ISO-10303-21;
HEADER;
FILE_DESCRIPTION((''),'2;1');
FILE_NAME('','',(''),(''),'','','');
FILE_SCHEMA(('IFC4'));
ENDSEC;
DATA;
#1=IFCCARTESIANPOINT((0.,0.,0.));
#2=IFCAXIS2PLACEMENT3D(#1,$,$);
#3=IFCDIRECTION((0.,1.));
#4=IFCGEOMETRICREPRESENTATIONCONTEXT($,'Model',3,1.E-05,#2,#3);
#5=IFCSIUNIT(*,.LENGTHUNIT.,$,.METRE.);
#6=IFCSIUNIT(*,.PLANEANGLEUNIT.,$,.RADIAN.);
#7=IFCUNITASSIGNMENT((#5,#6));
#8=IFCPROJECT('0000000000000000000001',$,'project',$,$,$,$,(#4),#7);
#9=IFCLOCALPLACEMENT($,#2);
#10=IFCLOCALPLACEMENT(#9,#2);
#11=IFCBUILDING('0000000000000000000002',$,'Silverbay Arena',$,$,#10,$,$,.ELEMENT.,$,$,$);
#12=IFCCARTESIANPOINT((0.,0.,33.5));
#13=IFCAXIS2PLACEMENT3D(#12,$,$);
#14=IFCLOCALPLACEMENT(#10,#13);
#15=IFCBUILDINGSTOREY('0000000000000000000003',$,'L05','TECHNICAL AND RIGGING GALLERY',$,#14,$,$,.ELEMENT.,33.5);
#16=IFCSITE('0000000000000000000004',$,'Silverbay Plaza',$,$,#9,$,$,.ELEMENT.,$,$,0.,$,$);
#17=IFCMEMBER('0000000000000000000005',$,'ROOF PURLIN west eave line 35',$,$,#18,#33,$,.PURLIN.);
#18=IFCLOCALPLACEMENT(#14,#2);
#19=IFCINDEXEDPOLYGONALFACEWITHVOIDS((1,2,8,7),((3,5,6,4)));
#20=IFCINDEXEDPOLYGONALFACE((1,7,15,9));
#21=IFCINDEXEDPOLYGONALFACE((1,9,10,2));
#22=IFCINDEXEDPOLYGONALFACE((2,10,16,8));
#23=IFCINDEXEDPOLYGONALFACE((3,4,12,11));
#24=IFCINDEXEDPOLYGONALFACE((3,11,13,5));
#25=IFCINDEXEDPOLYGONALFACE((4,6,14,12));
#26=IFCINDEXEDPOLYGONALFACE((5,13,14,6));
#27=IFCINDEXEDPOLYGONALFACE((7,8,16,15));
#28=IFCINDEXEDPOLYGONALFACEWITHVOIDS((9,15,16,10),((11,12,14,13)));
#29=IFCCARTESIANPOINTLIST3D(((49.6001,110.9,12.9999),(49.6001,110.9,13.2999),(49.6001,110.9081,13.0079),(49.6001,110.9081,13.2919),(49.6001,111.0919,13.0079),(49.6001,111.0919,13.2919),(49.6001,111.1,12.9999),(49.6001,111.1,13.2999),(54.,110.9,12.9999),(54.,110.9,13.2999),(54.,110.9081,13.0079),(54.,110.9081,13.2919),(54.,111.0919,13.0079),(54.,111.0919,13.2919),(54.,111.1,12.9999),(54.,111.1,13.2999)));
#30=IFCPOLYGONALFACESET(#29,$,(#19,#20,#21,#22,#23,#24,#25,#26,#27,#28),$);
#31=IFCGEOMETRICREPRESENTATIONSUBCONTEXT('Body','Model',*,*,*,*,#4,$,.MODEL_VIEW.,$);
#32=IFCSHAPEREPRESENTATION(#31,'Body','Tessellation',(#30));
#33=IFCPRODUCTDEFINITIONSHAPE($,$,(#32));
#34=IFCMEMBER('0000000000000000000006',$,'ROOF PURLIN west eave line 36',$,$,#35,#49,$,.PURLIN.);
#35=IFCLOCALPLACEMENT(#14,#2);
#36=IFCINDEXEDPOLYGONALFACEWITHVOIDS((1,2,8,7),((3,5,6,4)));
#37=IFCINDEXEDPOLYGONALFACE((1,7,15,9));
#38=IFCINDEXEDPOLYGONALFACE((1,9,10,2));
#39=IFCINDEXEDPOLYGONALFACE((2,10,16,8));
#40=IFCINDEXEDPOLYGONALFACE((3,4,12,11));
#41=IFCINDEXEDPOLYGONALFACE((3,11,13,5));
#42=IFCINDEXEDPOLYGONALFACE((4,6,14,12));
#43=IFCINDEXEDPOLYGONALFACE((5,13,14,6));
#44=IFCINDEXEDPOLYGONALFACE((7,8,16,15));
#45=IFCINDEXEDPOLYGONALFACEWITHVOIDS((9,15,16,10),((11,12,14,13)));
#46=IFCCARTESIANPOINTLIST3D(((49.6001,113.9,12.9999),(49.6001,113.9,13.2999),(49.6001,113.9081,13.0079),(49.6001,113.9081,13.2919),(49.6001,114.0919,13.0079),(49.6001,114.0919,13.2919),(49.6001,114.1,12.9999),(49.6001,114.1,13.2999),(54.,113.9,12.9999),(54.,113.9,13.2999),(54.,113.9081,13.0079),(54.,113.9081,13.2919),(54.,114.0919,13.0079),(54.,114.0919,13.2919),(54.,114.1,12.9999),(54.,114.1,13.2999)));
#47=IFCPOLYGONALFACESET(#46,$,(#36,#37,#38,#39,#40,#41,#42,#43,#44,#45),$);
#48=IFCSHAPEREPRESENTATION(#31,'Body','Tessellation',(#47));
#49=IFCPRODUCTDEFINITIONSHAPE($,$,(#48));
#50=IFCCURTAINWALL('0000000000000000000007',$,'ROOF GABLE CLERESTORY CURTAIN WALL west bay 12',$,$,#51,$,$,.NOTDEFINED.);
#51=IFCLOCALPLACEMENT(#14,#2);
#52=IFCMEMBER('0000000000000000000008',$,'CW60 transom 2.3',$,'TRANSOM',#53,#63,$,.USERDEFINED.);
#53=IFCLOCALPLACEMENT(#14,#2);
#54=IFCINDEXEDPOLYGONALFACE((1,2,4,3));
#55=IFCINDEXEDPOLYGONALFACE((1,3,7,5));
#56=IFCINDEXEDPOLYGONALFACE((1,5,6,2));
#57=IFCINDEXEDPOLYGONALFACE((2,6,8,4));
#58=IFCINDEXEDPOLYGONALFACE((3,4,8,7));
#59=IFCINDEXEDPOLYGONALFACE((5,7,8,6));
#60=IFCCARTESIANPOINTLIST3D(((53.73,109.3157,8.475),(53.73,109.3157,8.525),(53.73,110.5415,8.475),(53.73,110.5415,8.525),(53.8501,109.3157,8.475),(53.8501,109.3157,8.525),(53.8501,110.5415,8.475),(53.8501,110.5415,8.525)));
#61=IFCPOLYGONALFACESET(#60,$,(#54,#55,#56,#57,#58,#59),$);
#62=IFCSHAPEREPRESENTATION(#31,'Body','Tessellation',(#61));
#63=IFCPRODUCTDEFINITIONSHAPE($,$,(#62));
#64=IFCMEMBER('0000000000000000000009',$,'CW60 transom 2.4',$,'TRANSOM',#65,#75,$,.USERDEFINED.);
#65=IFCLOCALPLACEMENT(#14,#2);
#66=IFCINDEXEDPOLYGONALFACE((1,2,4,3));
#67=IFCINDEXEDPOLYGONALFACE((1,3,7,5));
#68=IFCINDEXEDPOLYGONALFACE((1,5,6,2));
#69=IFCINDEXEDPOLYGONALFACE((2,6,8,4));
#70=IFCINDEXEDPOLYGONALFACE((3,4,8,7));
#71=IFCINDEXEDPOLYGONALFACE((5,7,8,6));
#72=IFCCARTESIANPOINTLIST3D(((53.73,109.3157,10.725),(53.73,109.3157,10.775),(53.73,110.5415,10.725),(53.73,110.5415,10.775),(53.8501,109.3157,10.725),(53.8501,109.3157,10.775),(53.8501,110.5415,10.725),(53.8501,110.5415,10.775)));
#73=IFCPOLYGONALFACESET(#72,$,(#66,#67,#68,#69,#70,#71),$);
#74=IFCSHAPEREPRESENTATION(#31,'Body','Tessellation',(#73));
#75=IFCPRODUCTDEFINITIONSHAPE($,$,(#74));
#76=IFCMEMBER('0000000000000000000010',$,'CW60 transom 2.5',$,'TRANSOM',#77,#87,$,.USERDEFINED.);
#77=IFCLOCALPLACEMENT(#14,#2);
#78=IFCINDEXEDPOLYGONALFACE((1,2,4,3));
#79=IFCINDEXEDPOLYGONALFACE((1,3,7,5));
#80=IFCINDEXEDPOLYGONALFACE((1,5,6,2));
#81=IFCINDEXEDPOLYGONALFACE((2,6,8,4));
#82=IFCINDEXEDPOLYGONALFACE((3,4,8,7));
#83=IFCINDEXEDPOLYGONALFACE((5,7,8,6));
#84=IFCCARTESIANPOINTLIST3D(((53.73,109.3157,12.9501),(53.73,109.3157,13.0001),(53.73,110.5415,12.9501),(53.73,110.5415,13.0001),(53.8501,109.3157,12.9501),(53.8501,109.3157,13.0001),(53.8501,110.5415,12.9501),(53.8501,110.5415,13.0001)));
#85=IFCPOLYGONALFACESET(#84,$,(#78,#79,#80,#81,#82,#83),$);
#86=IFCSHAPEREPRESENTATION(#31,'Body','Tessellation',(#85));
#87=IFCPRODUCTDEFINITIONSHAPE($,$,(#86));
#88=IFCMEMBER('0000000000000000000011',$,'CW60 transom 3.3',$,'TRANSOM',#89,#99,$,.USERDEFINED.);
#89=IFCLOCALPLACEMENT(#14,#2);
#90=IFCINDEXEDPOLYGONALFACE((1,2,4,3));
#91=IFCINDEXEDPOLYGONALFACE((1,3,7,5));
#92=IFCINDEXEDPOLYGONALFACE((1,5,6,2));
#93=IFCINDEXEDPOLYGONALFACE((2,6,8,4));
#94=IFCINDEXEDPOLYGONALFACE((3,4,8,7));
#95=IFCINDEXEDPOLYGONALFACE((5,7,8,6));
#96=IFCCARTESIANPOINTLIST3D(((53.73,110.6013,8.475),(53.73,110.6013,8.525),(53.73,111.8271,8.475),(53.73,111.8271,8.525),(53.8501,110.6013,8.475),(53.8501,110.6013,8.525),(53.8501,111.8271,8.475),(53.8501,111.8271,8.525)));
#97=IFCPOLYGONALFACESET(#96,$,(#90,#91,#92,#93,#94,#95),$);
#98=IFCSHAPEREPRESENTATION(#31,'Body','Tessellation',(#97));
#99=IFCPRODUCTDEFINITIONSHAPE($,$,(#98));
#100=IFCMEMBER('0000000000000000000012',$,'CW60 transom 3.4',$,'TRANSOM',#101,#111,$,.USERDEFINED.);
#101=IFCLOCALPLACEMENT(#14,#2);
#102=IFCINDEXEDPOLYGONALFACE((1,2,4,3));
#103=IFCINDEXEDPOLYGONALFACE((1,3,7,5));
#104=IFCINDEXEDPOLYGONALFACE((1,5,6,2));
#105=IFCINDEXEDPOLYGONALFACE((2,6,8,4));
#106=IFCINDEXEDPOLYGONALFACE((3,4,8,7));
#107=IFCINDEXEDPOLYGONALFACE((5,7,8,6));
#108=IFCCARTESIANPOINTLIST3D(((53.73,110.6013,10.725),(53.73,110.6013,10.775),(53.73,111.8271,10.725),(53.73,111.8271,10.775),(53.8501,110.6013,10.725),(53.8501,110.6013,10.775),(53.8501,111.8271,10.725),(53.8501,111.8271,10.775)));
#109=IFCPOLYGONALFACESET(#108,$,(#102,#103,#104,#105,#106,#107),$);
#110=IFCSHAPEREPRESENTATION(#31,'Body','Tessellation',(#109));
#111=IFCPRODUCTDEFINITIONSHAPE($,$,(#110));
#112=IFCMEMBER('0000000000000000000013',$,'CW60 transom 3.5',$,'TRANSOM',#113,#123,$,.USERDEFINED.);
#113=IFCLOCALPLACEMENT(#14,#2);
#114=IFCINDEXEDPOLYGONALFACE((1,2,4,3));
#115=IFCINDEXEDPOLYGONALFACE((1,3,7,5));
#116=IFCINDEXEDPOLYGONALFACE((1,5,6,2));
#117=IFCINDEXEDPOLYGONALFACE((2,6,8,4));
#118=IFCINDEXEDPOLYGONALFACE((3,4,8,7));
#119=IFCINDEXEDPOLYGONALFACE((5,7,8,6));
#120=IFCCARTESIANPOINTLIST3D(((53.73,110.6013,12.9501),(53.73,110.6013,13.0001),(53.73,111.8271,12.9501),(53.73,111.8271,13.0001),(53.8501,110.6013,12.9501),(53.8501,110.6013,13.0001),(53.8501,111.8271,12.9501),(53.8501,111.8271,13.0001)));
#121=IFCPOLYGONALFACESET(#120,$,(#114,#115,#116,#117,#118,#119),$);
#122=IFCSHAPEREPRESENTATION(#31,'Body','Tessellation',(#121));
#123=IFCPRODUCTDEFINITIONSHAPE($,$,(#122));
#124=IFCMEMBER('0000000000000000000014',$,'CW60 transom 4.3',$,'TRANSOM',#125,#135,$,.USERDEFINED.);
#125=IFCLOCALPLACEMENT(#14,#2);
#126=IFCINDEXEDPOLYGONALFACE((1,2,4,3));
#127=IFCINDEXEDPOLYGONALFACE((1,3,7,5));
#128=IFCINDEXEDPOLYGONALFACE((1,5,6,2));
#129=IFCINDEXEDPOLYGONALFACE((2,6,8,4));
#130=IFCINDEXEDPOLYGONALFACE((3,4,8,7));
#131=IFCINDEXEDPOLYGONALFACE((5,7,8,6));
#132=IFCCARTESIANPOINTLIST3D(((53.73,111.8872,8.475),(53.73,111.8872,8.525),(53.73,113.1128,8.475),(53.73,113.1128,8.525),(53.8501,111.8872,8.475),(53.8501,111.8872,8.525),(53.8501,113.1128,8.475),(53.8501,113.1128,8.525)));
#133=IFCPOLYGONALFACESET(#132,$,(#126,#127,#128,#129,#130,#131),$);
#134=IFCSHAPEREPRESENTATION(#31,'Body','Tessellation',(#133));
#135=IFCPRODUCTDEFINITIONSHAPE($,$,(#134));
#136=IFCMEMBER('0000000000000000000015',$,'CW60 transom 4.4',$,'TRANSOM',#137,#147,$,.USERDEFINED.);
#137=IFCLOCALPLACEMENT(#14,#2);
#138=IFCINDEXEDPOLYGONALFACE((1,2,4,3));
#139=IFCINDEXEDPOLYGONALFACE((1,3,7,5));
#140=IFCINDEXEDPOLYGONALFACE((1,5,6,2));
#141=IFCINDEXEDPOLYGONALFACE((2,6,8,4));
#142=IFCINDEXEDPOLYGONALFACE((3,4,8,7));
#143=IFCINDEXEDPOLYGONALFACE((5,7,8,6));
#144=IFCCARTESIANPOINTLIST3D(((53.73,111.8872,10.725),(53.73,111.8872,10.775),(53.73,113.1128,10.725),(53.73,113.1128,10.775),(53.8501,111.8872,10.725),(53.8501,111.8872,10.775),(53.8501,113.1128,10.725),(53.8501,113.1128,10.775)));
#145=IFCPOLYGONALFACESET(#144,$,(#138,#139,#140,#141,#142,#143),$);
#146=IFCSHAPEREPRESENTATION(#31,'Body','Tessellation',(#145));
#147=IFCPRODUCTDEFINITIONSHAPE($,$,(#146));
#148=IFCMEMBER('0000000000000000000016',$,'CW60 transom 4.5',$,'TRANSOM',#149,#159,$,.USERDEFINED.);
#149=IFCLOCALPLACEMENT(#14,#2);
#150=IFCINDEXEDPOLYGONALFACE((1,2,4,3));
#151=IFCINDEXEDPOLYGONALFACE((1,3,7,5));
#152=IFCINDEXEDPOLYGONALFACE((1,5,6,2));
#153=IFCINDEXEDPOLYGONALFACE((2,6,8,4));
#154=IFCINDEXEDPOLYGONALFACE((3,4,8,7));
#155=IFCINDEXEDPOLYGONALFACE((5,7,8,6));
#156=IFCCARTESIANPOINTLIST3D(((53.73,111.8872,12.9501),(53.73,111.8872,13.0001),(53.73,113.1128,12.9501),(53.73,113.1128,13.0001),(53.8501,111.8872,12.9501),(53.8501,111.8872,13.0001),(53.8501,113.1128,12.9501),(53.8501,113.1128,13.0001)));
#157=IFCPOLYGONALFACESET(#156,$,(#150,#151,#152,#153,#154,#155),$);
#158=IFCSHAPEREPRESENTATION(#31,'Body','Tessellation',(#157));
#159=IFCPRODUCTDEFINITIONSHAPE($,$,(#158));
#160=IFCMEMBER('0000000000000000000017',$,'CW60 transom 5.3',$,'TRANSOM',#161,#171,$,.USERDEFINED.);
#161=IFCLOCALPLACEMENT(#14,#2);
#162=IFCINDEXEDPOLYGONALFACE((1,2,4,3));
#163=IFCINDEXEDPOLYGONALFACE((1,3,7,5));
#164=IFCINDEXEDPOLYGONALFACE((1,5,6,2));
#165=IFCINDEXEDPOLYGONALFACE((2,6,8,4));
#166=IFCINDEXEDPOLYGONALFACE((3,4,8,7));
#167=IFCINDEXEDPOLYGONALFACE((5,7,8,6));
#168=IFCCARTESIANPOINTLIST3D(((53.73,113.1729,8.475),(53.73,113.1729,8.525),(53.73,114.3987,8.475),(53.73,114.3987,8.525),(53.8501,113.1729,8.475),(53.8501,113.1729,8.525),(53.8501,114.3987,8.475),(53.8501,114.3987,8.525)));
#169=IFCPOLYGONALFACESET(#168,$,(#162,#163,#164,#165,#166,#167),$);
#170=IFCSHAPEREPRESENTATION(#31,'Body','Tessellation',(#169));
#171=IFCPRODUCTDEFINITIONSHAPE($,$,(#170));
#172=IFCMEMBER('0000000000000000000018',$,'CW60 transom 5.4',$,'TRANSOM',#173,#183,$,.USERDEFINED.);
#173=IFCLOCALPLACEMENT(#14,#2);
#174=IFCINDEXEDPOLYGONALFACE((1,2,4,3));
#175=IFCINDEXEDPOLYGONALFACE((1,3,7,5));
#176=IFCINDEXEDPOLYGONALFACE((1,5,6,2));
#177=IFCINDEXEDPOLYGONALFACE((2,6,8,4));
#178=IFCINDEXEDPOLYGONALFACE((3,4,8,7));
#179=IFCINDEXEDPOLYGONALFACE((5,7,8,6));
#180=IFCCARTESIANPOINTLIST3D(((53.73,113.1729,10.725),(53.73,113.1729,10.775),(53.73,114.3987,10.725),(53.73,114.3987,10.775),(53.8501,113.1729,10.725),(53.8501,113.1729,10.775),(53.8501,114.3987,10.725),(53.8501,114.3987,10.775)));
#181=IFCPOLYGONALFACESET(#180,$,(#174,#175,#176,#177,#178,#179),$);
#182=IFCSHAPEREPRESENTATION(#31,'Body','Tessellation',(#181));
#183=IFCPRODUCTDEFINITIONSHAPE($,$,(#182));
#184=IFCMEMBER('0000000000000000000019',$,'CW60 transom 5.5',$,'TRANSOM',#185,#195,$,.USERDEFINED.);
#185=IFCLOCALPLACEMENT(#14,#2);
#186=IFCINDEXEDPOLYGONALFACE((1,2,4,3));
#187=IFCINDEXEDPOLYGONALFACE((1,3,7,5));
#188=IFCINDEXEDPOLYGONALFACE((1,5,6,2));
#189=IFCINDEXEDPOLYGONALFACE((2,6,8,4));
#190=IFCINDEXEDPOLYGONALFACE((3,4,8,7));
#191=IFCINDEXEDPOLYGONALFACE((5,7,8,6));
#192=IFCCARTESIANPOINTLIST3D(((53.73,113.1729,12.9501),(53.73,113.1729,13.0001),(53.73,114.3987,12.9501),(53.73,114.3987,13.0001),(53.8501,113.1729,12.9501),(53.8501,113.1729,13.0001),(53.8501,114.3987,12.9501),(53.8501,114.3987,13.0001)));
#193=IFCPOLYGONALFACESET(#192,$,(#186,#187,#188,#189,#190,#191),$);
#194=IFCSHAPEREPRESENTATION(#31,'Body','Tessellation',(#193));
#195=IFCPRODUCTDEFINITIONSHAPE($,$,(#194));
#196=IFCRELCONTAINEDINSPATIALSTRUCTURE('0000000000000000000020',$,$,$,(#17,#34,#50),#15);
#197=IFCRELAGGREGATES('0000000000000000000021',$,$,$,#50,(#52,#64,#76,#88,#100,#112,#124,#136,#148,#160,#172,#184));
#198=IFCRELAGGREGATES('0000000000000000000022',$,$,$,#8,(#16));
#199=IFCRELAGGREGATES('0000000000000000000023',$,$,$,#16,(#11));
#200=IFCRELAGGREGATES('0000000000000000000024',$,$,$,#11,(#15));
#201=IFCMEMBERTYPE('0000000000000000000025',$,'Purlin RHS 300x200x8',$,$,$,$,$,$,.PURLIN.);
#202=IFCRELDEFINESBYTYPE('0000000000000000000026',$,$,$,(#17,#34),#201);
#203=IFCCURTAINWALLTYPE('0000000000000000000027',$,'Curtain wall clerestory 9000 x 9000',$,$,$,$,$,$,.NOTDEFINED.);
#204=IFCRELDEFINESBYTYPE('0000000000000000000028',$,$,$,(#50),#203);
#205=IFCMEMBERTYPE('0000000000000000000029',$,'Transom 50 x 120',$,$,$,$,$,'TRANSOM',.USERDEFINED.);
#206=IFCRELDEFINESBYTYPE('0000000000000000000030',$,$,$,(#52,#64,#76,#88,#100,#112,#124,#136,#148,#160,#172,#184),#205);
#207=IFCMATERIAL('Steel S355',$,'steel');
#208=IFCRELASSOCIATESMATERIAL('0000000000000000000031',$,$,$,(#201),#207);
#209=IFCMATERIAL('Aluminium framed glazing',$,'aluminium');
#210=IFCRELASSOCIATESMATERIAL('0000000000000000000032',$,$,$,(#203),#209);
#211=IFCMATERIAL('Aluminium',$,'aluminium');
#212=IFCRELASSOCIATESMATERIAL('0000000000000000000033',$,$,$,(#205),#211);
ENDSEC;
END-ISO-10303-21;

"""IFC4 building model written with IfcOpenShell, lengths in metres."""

from ifc_helpers import new_model, si_unit, direction, frame, origin, origin_2d, place, context, subcontext, project, spatial, rectangle, hollow_rectangle, extrude, material, material_profile, profile_set, type_object, element, aggregate, save


model = new_model("IFC4")

# Units and contexts
model_context = context("Model", 3, precision=1e-05, world=origin(), true_north=direction((0.0, 1.0)))
body_context = subcontext(model_context, "Body", "Model", "MODEL_VIEW")
ifc_project = project(units=[si_unit("LENGTHUNIT", "METRE"), si_unit("PLANEANGLEUNIT", "RADIAN")], contexts=[model_context])

# Site, building, storey
site_placement = place(None, origin())
site = spatial("IfcSite", under=ifc_project, at=site_placement, Name="Silverbay Plaza", CompositionType="ELEMENT", RefElevation=0.0)
building_placement = place(site_placement, origin())
building = spatial("IfcBuilding", under=site, at=building_placement, Name="Silverbay Arena", CompositionType="ELEMENT")
storey_placement = place(building_placement, frame((0.0, 0.0, 33.5)))
storey = spatial("IfcBuildingStorey", under=building, at=storey_placement, Name="L05", Description="TECHNICAL AND RIGGING GALLERY", CompositionType="ELEMENT", Elevation=33.5)

# Members
ifc_material_1 = material(Name="Steel S355", Category="steel")
ifc_material_profile_1 = material_profile(ifc_material_1, hollow_rectangle(XDim=0.2, YDim=0.3, WallThickness=0.0081, at=origin_2d()), Name="RHS 300x200x8")
ifc_profile_set_1 = profile_set([ifc_material_profile_1], Name="Steel S355")
member_type_1 = type_object("IfcMemberType", Name="Purlin RHS 300x200x8", PredefinedType="PURLIN", material=ifc_profile_set_1)
for number, where, z_axis, x_axis, name in (
    (1, (49.6001, 111.0, 13.1499), (1.0, 0.0, 0.0), (0.0, 1.0, 0.0), "ROOF PURLIN west eave line 35"),
    (2, (49.6001, 114.0, 13.1499), (1.0, 0.0, 0.0), (0.0, 1.0, 0.0), "ROOF PURLIN west eave line 36"),
):
    element("IfcMember", number, at=place(storey_placement, frame(where, z_axis=z_axis, x_axis=x_axis)), inside=storey, type_object=member_type_1, Name=name, PredefinedType="PURLIN", context=body_context, shape_type="SweptSolid", body=[
        extrude(hollow_rectangle(XDim=0.2, YDim=0.3, WallThickness=0.0081, at=origin_2d()), origin(), (0.0, 0.0, 1.0), 4.3999),
    ])

# Curtain wall, members
ifc_material_2 = material(Name="Aluminium framed glazing", Category="aluminium")
curtain_wall_type = type_object("IfcCurtainWallType", Name="Curtain wall clerestory 9000 x 9000", PredefinedType="NOTDEFINED", material=ifc_material_2)
curtain_wall_placement = place(storey_placement, origin())
curtain_wall = element("IfcCurtainWall", 3, at=curtain_wall_placement, inside=storey, type_object=curtain_wall_type, Name="ROOF GABLE CLERESTORY CURTAIN WALL west bay 12", PredefinedType="NOTDEFINED")
ifc_material_3 = material(Name="Aluminium", Category="aluminium")
ifc_material_profile_2 = material_profile(ifc_material_3, rectangle(XDim=0.1201, YDim=0.05, at=origin_2d()), Name="Transom 50 x 120")
ifc_profile_set_2 = profile_set([ifc_material_profile_2], Name="Aluminium")
member_type_2 = type_object("IfcMemberType", Name="Transom 50 x 120", ElementType="TRANSOM", PredefinedType="USERDEFINED", material=ifc_profile_set_2)
member_1_placement = place(storey_placement, frame((53.79, 109.3157, 8.5), z_axis=(0.0, 1.0, 0.0), x_axis=(-1.0, 0.0, 0.0)))
member_1 = element("IfcMember", 4, at=member_1_placement, type_object=member_type_2, Name="CW60 transom 2.3", ObjectType="TRANSOM", PredefinedType="USERDEFINED", context=body_context, shape_type="SweptSolid", body=[
    extrude(rectangle(XDim=0.1201, YDim=0.05, at=origin_2d()), origin(), (0.0, 0.0, 1.0), 1.2258),
])
member_2_placement = place(storey_placement, frame((53.79, 109.3157, 10.75), z_axis=(0.0, 1.0, 0.0), x_axis=(-1.0, 0.0, 0.0)))
member_2 = element("IfcMember", 5, at=member_2_placement, type_object=member_type_2, Name="CW60 transom 2.4", ObjectType="TRANSOM", PredefinedType="USERDEFINED", context=body_context, shape_type="SweptSolid", body=[
    extrude(rectangle(XDim=0.1201, YDim=0.05, at=origin_2d()), origin(), (0.0, 0.0, 1.0), 1.2258),
])
member_3_placement = place(storey_placement, frame((53.79, 109.3157, 12.9751), z_axis=(0.0, 1.0, 0.0), x_axis=(-1.0, 0.0, 0.0)))
member_3 = element("IfcMember", 6, at=member_3_placement, type_object=member_type_2, Name="CW60 transom 2.5", ObjectType="TRANSOM", PredefinedType="USERDEFINED", context=body_context, shape_type="SweptSolid", body=[
    extrude(rectangle(XDim=0.1201, YDim=0.05, at=origin_2d()), origin(), (0.0, 0.0, 1.0), 1.2258),
])
member_4_placement = place(storey_placement, frame((53.79, 110.6013, 8.5), z_axis=(0.0, 1.0, 0.0), x_axis=(-1.0, 0.0, 0.0)))
member_4 = element("IfcMember", 7, at=member_4_placement, type_object=member_type_2, Name="CW60 transom 3.3", ObjectType="TRANSOM", PredefinedType="USERDEFINED", context=body_context, shape_type="SweptSolid", body=[
    extrude(rectangle(XDim=0.1201, YDim=0.05, at=origin_2d()), origin(), (0.0, 0.0, 1.0), 1.2258),
])
member_5_placement = place(storey_placement, frame((53.79, 110.6013, 10.75), z_axis=(0.0, 1.0, 0.0), x_axis=(-1.0, 0.0, 0.0)))
member_5 = element("IfcMember", 8, at=member_5_placement, type_object=member_type_2, Name="CW60 transom 3.4", ObjectType="TRANSOM", PredefinedType="USERDEFINED", context=body_context, shape_type="SweptSolid", body=[
    extrude(rectangle(XDim=0.1201, YDim=0.05, at=origin_2d()), origin(), (0.0, 0.0, 1.0), 1.2258),
])
member_6_placement = place(storey_placement, frame((53.79, 110.6013, 12.9751), z_axis=(0.0, 1.0, 0.0), x_axis=(-1.0, 0.0, 0.0)))
member_6 = element("IfcMember", 9, at=member_6_placement, type_object=member_type_2, Name="CW60 transom 3.5", ObjectType="TRANSOM", PredefinedType="USERDEFINED", context=body_context, shape_type="SweptSolid", body=[
    extrude(rectangle(XDim=0.1201, YDim=0.05, at=origin_2d()), origin(), (0.0, 0.0, 1.0), 1.2258),
])
member_7_placement = place(storey_placement, frame((53.79, 111.8872, 8.5), z_axis=(0.0, 1.0, 0.0), x_axis=(-1.0, 0.0, 0.0)))
member_7 = element("IfcMember", 10, at=member_7_placement, type_object=member_type_2, Name="CW60 transom 4.3", ObjectType="TRANSOM", PredefinedType="USERDEFINED", context=body_context, shape_type="SweptSolid", body=[
    extrude(rectangle(XDim=0.1201, YDim=0.05, at=origin_2d()), origin(), (0.0, 0.0, 1.0), 1.2256),
])
member_8_placement = place(storey_placement, frame((53.79, 111.8872, 10.75), z_axis=(0.0, 1.0, 0.0), x_axis=(-1.0, 0.0, 0.0)))
member_8 = element("IfcMember", 11, at=member_8_placement, type_object=member_type_2, Name="CW60 transom 4.4", ObjectType="TRANSOM", PredefinedType="USERDEFINED", context=body_context, shape_type="SweptSolid", body=[
    extrude(rectangle(XDim=0.1201, YDim=0.05, at=origin_2d()), origin(), (0.0, 0.0, 1.0), 1.2256),
])
member_9_placement = place(storey_placement, frame((53.79, 111.8872, 12.9751), z_axis=(0.0, 1.0, 0.0), x_axis=(-1.0, 0.0, 0.0)))
member_9 = element("IfcMember", 12, at=member_9_placement, type_object=member_type_2, Name="CW60 transom 4.5", ObjectType="TRANSOM", PredefinedType="USERDEFINED", context=body_context, shape_type="SweptSolid", body=[
    extrude(rectangle(XDim=0.1201, YDim=0.05, at=origin_2d()), origin(), (0.0, 0.0, 1.0), 1.2256),
])
member_10_placement = place(storey_placement, frame((53.79, 113.1729, 8.5), z_axis=(0.0, 1.0, 0.0), x_axis=(-1.0, 0.0, 0.0)))
member_10 = element("IfcMember", 13, at=member_10_placement, type_object=member_type_2, Name="CW60 transom 5.3", ObjectType="TRANSOM", PredefinedType="USERDEFINED", context=body_context, shape_type="SweptSolid", body=[
    extrude(rectangle(XDim=0.1201, YDim=0.05, at=origin_2d()), origin(), (0.0, 0.0, 1.0), 1.2258),
])
member_11_placement = place(storey_placement, frame((53.79, 113.1729, 10.75), z_axis=(0.0, 1.0, 0.0), x_axis=(-1.0, 0.0, 0.0)))
member_11 = element("IfcMember", 14, at=member_11_placement, type_object=member_type_2, Name="CW60 transom 5.4", ObjectType="TRANSOM", PredefinedType="USERDEFINED", context=body_context, shape_type="SweptSolid", body=[
    extrude(rectangle(XDim=0.1201, YDim=0.05, at=origin_2d()), origin(), (0.0, 0.0, 1.0), 1.2258),
])
member_12_placement = place(storey_placement, frame((53.79, 113.1729, 12.9751), z_axis=(0.0, 1.0, 0.0), x_axis=(-1.0, 0.0, 0.0)))
member_12 = element("IfcMember", 15, at=member_12_placement, type_object=member_type_2, Name="CW60 transom 5.5", ObjectType="TRANSOM", PredefinedType="USERDEFINED", context=body_context, shape_type="SweptSolid", body=[
    extrude(rectangle(XDim=0.1201, YDim=0.05, at=origin_2d()), origin(), (0.0, 0.0, 1.0), 1.2258),
])
aggregate(curtain_wall, [member_1, member_2, member_3, member_4, member_5, member_6, member_7, member_8, member_9, member_10, member_11, member_12])

save(model, "model.ifc")
